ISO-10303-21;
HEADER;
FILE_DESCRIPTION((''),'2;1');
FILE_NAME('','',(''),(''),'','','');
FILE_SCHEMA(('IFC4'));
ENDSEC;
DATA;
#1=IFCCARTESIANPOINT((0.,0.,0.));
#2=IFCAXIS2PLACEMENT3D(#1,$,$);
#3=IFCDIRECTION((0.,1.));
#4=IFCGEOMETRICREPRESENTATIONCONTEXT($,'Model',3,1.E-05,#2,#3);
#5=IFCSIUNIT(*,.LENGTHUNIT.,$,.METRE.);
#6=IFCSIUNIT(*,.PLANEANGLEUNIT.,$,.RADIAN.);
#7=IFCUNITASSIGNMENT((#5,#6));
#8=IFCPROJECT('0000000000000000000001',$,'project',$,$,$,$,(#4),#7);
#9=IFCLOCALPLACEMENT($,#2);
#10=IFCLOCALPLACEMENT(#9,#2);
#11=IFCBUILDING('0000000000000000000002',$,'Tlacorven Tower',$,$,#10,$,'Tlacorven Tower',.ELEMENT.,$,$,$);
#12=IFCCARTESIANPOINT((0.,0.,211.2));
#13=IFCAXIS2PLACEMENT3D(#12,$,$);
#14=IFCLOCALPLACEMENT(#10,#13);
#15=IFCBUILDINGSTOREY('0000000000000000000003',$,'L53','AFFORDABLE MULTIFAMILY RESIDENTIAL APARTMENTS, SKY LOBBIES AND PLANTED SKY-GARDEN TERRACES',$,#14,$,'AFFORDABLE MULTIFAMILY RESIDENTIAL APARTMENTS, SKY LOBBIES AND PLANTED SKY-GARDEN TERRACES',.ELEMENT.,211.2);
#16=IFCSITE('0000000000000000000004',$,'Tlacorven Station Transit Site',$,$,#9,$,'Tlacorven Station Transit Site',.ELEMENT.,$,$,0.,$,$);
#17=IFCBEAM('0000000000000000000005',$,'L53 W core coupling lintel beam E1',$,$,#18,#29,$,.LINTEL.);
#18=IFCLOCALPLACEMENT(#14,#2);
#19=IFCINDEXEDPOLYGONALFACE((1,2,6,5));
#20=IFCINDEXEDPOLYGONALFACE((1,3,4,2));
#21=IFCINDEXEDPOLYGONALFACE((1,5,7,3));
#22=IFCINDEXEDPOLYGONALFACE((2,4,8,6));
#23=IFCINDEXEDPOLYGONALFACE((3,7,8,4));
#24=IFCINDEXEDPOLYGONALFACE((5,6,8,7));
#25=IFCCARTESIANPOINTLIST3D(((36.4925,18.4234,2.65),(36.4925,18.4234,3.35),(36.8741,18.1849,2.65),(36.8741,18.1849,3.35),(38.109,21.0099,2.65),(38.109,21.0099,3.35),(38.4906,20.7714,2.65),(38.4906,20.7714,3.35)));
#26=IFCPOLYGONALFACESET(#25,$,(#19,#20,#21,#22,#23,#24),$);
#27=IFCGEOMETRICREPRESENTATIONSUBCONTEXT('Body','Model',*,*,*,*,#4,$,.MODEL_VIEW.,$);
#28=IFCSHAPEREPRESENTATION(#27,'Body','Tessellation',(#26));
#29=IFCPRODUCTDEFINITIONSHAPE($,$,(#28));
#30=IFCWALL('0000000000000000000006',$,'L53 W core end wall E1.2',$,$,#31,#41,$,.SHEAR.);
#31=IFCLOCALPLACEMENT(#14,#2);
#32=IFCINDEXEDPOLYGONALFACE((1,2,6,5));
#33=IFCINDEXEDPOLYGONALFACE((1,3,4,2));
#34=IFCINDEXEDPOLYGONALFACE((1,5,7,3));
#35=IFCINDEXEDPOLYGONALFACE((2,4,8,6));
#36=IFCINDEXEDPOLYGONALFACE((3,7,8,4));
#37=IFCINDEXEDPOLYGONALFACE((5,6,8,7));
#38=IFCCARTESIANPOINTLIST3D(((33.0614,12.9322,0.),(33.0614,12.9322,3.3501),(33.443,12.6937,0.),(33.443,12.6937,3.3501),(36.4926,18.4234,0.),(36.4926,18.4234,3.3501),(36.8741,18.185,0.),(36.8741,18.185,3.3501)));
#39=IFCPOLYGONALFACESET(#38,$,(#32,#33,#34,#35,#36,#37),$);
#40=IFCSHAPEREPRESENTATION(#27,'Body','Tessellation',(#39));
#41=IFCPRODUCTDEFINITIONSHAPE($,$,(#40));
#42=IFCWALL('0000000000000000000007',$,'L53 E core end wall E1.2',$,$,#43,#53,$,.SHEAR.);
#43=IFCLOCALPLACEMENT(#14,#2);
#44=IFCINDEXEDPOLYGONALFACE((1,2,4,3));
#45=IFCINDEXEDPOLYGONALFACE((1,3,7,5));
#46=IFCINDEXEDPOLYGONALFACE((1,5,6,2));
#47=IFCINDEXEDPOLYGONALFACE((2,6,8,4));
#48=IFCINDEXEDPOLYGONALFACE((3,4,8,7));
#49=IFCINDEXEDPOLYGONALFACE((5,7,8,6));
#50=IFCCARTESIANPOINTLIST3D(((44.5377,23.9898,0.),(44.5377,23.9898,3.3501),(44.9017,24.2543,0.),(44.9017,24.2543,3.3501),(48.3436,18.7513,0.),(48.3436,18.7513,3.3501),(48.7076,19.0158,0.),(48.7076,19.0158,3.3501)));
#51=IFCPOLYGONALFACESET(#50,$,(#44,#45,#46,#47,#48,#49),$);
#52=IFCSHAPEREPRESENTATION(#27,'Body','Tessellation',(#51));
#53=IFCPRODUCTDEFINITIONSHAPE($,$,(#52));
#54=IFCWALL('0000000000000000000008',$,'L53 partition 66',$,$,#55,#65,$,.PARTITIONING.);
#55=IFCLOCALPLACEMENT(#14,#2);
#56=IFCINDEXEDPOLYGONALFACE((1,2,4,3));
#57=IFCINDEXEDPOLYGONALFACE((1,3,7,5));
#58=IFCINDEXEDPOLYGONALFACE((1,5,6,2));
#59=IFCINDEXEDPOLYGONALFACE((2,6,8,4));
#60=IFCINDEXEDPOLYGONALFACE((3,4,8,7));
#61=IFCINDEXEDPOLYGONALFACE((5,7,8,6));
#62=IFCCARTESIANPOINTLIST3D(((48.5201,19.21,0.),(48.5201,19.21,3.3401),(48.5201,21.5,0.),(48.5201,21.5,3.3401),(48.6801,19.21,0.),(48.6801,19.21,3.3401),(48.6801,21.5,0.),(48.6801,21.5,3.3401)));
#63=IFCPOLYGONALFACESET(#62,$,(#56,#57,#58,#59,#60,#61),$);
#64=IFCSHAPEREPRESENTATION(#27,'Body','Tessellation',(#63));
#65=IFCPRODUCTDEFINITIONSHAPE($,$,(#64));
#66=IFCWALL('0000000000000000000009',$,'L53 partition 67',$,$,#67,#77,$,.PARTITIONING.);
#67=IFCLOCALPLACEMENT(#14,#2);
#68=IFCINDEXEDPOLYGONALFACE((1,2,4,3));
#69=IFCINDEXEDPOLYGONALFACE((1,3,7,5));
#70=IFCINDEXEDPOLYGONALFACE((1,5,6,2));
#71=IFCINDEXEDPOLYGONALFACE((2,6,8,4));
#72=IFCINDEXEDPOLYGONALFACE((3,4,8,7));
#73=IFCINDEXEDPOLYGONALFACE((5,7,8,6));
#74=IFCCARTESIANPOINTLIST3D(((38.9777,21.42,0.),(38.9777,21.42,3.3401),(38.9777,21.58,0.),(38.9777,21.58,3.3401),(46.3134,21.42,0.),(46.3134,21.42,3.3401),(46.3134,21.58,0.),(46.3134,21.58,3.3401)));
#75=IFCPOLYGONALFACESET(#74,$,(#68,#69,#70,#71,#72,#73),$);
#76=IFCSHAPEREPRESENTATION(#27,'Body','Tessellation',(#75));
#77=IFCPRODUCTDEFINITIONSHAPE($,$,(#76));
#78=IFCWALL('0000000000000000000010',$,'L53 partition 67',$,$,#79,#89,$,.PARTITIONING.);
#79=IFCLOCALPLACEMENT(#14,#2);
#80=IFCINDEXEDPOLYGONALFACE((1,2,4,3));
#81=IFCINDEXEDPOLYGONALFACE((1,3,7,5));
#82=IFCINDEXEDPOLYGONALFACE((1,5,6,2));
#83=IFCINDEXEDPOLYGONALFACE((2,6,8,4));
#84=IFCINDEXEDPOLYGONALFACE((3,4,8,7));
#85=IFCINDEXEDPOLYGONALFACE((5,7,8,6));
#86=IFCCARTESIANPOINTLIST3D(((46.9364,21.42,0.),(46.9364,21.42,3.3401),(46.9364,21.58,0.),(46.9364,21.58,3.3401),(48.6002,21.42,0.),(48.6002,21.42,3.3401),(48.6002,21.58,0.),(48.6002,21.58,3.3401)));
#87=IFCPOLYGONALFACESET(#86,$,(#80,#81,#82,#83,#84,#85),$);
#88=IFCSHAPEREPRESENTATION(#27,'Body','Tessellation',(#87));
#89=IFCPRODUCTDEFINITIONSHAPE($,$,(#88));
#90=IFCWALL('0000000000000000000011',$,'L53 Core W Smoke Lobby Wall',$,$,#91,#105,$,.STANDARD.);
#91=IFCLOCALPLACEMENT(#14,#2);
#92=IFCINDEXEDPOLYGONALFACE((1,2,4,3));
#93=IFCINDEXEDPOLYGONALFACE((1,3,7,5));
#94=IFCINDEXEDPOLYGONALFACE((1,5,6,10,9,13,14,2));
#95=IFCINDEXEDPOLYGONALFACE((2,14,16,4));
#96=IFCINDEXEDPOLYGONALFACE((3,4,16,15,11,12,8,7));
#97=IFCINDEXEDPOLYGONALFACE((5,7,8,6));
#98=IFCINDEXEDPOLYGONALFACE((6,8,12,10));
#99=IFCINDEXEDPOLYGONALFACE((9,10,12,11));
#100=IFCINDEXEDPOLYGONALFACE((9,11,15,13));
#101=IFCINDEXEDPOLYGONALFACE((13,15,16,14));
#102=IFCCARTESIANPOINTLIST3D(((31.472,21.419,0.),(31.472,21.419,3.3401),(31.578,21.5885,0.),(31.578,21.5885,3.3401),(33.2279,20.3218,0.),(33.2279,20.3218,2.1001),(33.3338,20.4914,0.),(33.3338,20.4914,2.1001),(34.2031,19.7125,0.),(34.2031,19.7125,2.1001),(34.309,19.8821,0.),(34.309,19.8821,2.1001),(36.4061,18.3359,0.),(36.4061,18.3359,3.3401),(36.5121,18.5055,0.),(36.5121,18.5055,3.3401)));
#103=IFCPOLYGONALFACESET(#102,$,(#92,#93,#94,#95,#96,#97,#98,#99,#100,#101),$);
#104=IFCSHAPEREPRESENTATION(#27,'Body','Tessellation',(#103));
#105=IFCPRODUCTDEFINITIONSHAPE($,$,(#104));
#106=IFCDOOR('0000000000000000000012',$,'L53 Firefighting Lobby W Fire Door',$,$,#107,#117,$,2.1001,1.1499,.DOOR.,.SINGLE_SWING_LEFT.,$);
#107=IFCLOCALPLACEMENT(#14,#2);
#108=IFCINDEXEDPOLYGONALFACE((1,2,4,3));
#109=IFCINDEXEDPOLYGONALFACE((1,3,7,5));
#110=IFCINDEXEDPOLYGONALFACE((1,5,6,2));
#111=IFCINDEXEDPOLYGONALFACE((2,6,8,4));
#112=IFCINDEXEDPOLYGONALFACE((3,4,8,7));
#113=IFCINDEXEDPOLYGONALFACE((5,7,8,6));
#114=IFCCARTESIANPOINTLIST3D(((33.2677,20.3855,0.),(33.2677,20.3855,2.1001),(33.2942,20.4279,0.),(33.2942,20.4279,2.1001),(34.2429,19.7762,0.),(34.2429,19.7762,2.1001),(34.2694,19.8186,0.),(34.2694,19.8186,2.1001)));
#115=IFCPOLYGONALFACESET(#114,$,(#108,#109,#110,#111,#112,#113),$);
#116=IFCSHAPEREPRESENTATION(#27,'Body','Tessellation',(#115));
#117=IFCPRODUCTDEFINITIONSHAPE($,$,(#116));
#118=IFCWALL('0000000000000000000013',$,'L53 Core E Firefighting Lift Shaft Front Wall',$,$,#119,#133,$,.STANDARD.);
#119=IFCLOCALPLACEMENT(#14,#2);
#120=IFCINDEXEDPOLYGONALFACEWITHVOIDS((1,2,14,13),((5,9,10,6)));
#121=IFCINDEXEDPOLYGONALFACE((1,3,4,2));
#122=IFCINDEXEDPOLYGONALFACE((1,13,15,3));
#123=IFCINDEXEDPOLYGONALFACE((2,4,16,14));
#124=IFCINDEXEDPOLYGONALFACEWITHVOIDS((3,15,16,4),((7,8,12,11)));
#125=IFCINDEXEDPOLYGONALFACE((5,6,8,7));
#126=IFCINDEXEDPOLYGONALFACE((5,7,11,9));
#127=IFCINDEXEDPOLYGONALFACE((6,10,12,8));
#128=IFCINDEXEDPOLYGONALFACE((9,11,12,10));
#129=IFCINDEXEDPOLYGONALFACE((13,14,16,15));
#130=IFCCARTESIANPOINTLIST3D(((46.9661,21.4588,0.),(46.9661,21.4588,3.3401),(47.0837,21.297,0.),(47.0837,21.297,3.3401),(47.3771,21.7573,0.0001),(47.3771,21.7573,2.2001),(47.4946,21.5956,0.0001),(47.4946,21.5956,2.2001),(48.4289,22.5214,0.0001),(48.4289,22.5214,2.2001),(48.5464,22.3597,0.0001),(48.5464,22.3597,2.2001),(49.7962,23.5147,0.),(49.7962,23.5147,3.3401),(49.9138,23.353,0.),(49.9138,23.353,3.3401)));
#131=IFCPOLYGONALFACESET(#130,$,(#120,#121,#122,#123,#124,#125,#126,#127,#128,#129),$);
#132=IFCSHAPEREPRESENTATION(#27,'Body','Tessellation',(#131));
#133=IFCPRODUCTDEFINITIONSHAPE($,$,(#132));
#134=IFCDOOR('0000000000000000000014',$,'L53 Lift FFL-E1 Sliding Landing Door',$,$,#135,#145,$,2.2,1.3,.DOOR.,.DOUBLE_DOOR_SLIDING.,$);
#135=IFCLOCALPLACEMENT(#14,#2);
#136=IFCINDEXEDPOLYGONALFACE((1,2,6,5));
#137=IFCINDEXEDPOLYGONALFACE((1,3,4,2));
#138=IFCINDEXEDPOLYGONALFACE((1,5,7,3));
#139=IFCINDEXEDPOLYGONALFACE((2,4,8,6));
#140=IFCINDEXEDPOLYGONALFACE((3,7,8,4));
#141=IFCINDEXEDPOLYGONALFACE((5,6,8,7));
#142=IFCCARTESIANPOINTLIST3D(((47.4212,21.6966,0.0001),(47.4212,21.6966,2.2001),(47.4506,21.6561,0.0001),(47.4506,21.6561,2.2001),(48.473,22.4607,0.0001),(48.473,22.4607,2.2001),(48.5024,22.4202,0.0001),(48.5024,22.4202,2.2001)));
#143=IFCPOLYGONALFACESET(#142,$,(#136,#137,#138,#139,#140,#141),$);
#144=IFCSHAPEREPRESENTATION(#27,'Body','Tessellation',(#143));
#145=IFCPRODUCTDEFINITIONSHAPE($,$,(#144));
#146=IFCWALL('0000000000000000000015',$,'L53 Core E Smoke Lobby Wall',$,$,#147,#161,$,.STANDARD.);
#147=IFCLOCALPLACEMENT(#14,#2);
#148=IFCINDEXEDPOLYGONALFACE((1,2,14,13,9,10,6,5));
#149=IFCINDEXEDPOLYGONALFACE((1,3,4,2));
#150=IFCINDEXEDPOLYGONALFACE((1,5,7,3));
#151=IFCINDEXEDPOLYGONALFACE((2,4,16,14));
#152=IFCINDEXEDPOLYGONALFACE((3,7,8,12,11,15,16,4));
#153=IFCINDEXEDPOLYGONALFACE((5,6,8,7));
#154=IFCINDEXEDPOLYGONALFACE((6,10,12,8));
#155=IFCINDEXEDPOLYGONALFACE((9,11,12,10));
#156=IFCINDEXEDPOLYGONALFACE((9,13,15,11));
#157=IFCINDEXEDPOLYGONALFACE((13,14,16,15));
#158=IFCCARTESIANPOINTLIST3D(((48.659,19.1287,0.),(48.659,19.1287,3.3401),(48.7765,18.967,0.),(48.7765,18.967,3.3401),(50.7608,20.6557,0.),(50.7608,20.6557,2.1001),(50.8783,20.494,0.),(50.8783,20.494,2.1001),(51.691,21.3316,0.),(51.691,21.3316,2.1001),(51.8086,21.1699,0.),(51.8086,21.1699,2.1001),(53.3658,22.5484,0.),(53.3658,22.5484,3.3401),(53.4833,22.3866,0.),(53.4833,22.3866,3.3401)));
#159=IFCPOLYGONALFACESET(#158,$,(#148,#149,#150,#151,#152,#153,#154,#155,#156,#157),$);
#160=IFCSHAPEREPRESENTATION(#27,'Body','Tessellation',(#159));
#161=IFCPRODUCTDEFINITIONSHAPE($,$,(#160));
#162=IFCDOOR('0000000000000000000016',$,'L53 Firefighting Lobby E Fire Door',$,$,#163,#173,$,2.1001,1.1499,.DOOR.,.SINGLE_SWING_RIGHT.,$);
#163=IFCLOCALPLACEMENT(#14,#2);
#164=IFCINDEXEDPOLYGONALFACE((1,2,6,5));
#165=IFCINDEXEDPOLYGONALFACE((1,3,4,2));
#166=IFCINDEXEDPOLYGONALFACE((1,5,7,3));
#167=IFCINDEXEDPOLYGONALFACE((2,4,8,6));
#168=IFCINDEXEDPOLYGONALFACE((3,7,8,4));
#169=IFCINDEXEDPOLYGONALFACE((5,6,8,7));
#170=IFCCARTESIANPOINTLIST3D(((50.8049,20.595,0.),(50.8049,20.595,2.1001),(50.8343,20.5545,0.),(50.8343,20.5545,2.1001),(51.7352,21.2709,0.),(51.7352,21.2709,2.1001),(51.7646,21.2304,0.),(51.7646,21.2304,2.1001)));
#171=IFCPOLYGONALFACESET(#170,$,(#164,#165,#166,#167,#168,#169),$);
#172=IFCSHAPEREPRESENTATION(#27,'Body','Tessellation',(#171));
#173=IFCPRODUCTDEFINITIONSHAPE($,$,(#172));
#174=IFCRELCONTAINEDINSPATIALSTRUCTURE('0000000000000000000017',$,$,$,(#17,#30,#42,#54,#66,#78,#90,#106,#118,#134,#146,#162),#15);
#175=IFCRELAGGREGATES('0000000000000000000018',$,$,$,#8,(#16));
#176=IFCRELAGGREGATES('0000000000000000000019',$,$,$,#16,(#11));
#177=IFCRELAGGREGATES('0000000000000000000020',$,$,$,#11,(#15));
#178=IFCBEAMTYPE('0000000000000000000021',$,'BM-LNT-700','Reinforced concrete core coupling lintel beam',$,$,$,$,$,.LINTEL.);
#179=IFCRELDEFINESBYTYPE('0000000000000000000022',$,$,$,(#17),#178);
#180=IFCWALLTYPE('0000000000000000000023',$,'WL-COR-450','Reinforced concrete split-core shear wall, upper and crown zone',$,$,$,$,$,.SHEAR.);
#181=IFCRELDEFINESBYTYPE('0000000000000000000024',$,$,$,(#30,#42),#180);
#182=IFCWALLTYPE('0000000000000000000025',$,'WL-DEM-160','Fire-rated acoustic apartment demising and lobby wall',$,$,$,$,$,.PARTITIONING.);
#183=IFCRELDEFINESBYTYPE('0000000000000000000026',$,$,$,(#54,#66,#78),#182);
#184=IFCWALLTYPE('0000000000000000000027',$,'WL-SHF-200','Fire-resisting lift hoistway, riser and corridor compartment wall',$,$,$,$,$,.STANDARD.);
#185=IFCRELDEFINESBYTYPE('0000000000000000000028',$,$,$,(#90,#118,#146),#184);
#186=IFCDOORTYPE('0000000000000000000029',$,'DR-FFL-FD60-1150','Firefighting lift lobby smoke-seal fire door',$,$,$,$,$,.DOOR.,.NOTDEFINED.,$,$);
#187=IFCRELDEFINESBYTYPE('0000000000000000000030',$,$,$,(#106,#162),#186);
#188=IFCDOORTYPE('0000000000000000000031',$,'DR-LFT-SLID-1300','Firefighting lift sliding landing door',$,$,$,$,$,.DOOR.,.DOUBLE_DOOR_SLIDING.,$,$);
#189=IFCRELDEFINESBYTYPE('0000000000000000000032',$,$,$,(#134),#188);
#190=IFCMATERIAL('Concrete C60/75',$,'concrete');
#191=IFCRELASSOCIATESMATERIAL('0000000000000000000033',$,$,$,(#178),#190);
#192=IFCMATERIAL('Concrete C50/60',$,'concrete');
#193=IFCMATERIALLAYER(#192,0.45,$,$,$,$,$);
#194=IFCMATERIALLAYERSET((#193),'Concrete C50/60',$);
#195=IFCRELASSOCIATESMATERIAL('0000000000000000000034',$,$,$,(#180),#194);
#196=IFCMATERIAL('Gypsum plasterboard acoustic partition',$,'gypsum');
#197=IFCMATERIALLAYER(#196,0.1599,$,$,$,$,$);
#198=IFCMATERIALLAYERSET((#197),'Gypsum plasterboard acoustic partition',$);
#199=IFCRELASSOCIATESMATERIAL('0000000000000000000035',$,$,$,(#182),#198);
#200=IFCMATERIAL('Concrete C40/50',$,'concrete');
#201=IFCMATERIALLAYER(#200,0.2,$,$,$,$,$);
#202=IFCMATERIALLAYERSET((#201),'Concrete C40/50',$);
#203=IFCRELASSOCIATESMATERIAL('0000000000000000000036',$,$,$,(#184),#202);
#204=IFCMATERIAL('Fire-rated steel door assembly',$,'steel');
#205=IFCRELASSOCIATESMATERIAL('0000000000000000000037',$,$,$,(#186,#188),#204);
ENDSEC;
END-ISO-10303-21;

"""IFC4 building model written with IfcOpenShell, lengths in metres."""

from ifc_helpers import new_model, si_unit, direction, frame, frame_2d, origin, origin_2d, place, context, subcontext, project, spatial, rectangle, extrude, source, transform, mapped, material, layer, layer_set, material_profile, profile_set, type_object, element, fill, save


model = new_model("IFC4")

# Units and contexts
model_context = context("Model", 3, precision=1e-05, world=origin(), true_north=direction((0.0, 1.0)))
body_context = subcontext(model_context, "Body", "Model", "MODEL_VIEW")
ifc_project = project(units=[si_unit("LENGTHUNIT", "METRE"), si_unit("PLANEANGLEUNIT", "RADIAN")], contexts=[model_context])

# Site, building, storey
site_placement = place(None, origin())
site = spatial("IfcSite", under=ifc_project, at=site_placement, Name="Tlacorven Station Transit Site", LongName="Tlacorven Station Transit Site", CompositionType="ELEMENT", RefElevation=0.0)
building_placement = place(site_placement, origin())
building = spatial("IfcBuilding", under=site, at=building_placement, Name="Tlacorven Tower", LongName="Tlacorven Tower", CompositionType="ELEMENT")
storey_placement = place(building_placement, frame((0.0, 0.0, 211.2)))
storey = spatial("IfcBuildingStorey", under=building, at=storey_placement, Name="L53", Description="AFFORDABLE MULTIFAMILY RESIDENTIAL APARTMENTS, SKY LOBBIES AND PLANTED SKY-GARDEN TERRACES", LongName="AFFORDABLE MULTIFAMILY RESIDENTIAL APARTMENTS, SKY LOBBIES AND PLANTED SKY-GARDEN TERRACES", CompositionType="ELEMENT", Elevation=211.2)

# Beam
ifc_material_1 = material(Name="Concrete C60/75", Category="concrete")
ifc_material_profile = material_profile(ifc_material_1, rectangle(XDim=0.45, YDim=0.7, at=origin_2d()), Name="RC 450X700")
ifc_profile_set = profile_set([ifc_material_profile], Name="Concrete C60/75")
beam_type = type_object("IfcBeamType", Name="BM-LNT-700", Description="Reinforced concrete core coupling lintel beam", PredefinedType="LINTEL", material=ifc_profile_set)
shared_shape_1 = source(origin(), body_context, "Body", "SweptSolid", [
    extrude(rectangle(XDim=0.45, YDim=0.7, at=origin_2d()), origin(), (0.0, 0.0, 1.0), 3.05),
])
beam_placement = place(storey_placement, frame((38.2998, 20.8906, 3.0), z_axis=(-0.529985, -0.848007, 0.0), x_axis=(0.848007, -0.529985, 0.0)))
element("IfcBeam", 1, at=beam_placement, inside=storey, type_object=beam_type, Name="L53 W core coupling lintel beam E1", PredefinedType="LINTEL", context=body_context, shape_type="MappedRepresentation", body=[
    mapped(shared_shape_1, transform((0.0, 0.0, 0.0), scale=1.0)),
])

# Walls
ifc_material_2 = material(Name="Concrete C50/60", Category="concrete")
ifc_layer_1 = layer(ifc_material_2, 0.45)
ifc_layer_set_1 = layer_set([ifc_layer_1], Name="Concrete C50/60")
wall_type_1 = type_object("IfcWallType", Name="WL-COR-450", Description="Reinforced concrete split-core shear wall, upper and crown zone", PredefinedType="SHEAR", material=ifc_layer_set_1)
for number, where, z_axis, x_axis, name in (
    (2, (36.6833, 18.3042, 0.0), (0.0, 0.0, 1.0), (-0.529904, -0.848058, 0.0), "L53 W core end wall E1.2"),
    (3, (48.5256, 18.8835, 0.0), (0.0, 0.0, 1.0), (-0.587775, 0.809025, 0.0), "L53 E core end wall E1.2"),
):
    element("IfcWall", number, at=place(storey_placement, frame(where, z_axis=z_axis, x_axis=x_axis)), inside=storey, type_object=wall_type_1, Name=name, PredefinedType="SHEAR", context=body_context, shape_type="SweptSolid", body=[
        extrude(rectangle(XDim=6.4751, YDim=0.45, at=frame_2d((3.2375, 0.0))), origin(), (0.0, 0.0, 1.0), 3.3501),
    ])
ifc_material_3 = material(Name="Gypsum plasterboard acoustic partition", Category="gypsum")
ifc_layer_2 = layer(ifc_material_3, 0.1599)
ifc_layer_set_2 = layer_set([ifc_layer_2], Name="Gypsum plasterboard acoustic partition")
wall_type_2 = type_object("IfcWallType", Name="WL-DEM-160", Description="Fire-rated acoustic apartment demising and lobby wall", PredefinedType="PARTITIONING", material=ifc_layer_set_2)
wall_1_placement = place(storey_placement, frame((48.6001, 19.21, 0.0), z_axis=(0.0, 0.0, 1.0), x_axis=(0.0, 1.0, 0.0)))
element("IfcWall", 4, at=wall_1_placement, inside=storey, type_object=wall_type_2, Name="L53 partition 66", PredefinedType="PARTITIONING", context=body_context, shape_type="SweptSolid", body=[
    extrude(rectangle(XDim=2.29, YDim=0.1599, at=frame_2d((1.145, 0.0))), origin(), (0.0, 0.0, 1.0), 3.3401),
])
wall_2_placement = place(storey_placement, frame((38.9775, 21.5, 0.0), z_axis=(0.0, 0.0, 1.0), x_axis=(1.0, 0.0, 0.0)))
element("IfcWall", 5, at=wall_2_placement, inside=storey, type_object=wall_type_2, Name="L53 partition 67", PredefinedType="PARTITIONING", context=body_context, shape_type="SweptSolid", body=[
    extrude(rectangle(XDim=7.3357, YDim=0.1599, at=frame_2d((3.668, 0.0))), origin(), (0.0, 0.0, 1.0), 3.3401),
])
wall_3_placement = place(storey_placement, frame((46.9363, 21.5, 0.0), z_axis=(0.0, 0.0, 1.0), x_axis=(1.0, 0.0, 0.0)))
element("IfcWall", 6, at=wall_3_placement, inside=storey, type_object=wall_type_2, Name="L53 partition 67", PredefinedType="PARTITIONING", context=body_context, shape_type="SweptSolid", body=[
    extrude(rectangle(XDim=1.6638, YDim=0.1599, at=frame_2d((0.832, 0.0))), origin(), (0.0, 0.0, 1.0), 3.3401),
])

# Walls, openings, doors
ifc_material_4 = material(Name="Concrete C40/50", Category="concrete")
ifc_layer_3 = layer(ifc_material_4, 0.2)
ifc_layer_set_3 = layer_set([ifc_layer_3], Name="Concrete C40/50")
wall_type_3 = type_object("IfcWallType", Name="WL-SHF-200", Description="Fire-resisting lift hoistway, riser and corridor compartment wall", PredefinedType="STANDARD", material=ifc_layer_set_3)
wall_4_placement = place(storey_placement, frame((36.4592, 18.4207, 0.0), z_axis=(0.0, 0.0, 1.0), x_axis=(-0.84806, 0.529901, 0.0)))
wall_4 = element("IfcWall", 7, at=wall_4_placement, inside=storey, type_object=wall_type_3, Name="L53 Core W Smoke Lobby Wall", PredefinedType="STANDARD", context=body_context, shape_type="SweptSolid", body=[
    extrude(rectangle(XDim=5.8181, YDim=0.2, at=frame_2d((2.9092, 0.0))), origin(), (0.0, 0.0, 1.0), 3.3401),
])
opening_1_placement = place(wall_4_placement, frame((2.5979, 0.0, 0.0)))
opening_1 = element("IfcOpeningElement", 8, at=opening_1_placement, cuts=wall_4, PredefinedType="OPENING", context=body_context, shape_type="SweptSolid", body=[
    extrude(rectangle(XDim=1.1499, YDim=2.1001, at=frame_2d((0.575, 1.05))), frame((0.0, 0.1099, 0.0), z_axis=(0.0, -1.0, 0.0), x_axis=(1.0, 0.0, 0.0)), (0.0, 0.0, 1.0), 0.22),
])
ifc_material_5 = material(Name="Fire-rated steel door assembly", Category="steel")
door_type_1 = type_object("IfcDoorType", Name="DR-FFL-FD60-1150", Description="Firefighting lift lobby smoke-seal fire door", OperationType="NOTDEFINED", PredefinedType="DOOR", material=ifc_material_5)
shared_shape_2 = source(origin(), body_context, "Body", "SweptSolid", [
    extrude(rectangle(XDim=1.1499, YDim=2.1001, at=frame_2d((0.575, 1.05))), frame((0.0, 0.0249, 0.0), z_axis=(0.0, -1.0, 0.0), x_axis=(1.0, 0.0, 0.0)), (0.0, 0.0, 1.0), 0.05),
])
door_1_placement = place(opening_1_placement, origin())
door_1 = element("IfcDoor", 9, at=door_1_placement, inside=storey, type_object=door_type_1, Name="L53 Firefighting Lobby W Fire Door", OperationType="SINGLE_SWING_LEFT", OverallHeight=2.1001, OverallWidth=1.1499, PredefinedType="DOOR", context=body_context, shape_type="MappedRepresentation", body=[
    mapped(shared_shape_2, transform((0.0, 0.0, 0.0), scale=1.0)),
])
fill(opening_1, door_1)
wall_5_placement = place(storey_placement, frame((47.0249, 21.3779, 0.0), z_axis=(0.0, 0.0, 1.0), x_axis=(0.809053, 0.587736, 0.0)))
wall_5 = element("IfcWall", 10, at=wall_5_placement, inside=storey, type_object=wall_type_3, Name="L53 Core E Firefighting Lift Shaft Front Wall", PredefinedType="STANDARD", context=body_context, shape_type="SweptSolid", body=[
    extrude(rectangle(XDim=3.498, YDim=0.2, at=frame_2d((1.749, 0.0))), origin(), (0.0, 0.0, 1.0), 3.3401),
])
opening_2_placement = place(wall_5_placement, frame((0.5081, 0.0, 0.0)))
opening_2 = element("IfcOpeningElement", 11, at=opening_2_placement, cuts=wall_5, PredefinedType="OPENING", context=body_context, shape_type="SweptSolid", body=[
    extrude(rectangle(XDim=1.3, YDim=2.2, at=frame_2d((0.6499, 1.1001))), frame((0.0, 0.1099, 0.0), z_axis=(0.0, -1.0, 0.0), x_axis=(1.0, 0.0, 0.0)), (0.0, 0.0, 1.0), 0.22),
])
door_type_2 = type_object("IfcDoorType", Name="DR-LFT-SLID-1300", Description="Firefighting lift sliding landing door", OperationType="DOUBLE_DOOR_SLIDING", PredefinedType="DOOR", material=ifc_material_5)
shared_shape_3 = source(origin(), body_context, "Body", "SweptSolid", [
    extrude(rectangle(XDim=1.3, YDim=2.2, at=frame_2d((0.6499, 1.1001))), frame((0.0, 0.0249, 0.0), z_axis=(0.0, -1.0, 0.0), x_axis=(1.0, 0.0, 0.0)), (0.0, 0.0, 1.0), 0.05),
])
door_2_placement = place(opening_2_placement, origin())
door_2 = element("IfcDoor", 12, at=door_2_placement, inside=storey, type_object=door_type_2, Name="L53 Lift FFL-E1 Sliding Landing Door", OperationType="DOUBLE_DOOR_SLIDING", OverallHeight=2.2, OverallWidth=1.3, PredefinedType="DOOR", context=body_context, shape_type="MappedRepresentation", body=[
    mapped(shared_shape_3, transform((0.0, 0.0, 0.0), scale=1.0)),
])
fill(opening_2, door_2)
wall_6_placement = place(storey_placement, frame((48.7178, 19.0479, 0.0), z_axis=(0.0, 0.0, 1.0), x_axis=(0.809017, 0.587785, 0.0)))
wall_6 = element("IfcWall", 13, at=wall_6_placement, inside=storey, type_object=wall_type_3, Name="L53 Core E Smoke Lobby Wall", PredefinedType="STANDARD", context=body_context, shape_type="SweptSolid", body=[
    extrude(rectangle(XDim=5.8179, YDim=0.2, at=frame_2d((2.9089, 0.0))), origin(), (0.0, 0.0, 1.0), 3.3401),
])
opening_3_placement = place(wall_6_placement, frame((2.5979, 0.0, 0.0)))
opening_3 = element("IfcOpeningElement", 14, at=opening_3_placement, cuts=wall_6, PredefinedType="OPENING", context=body_context, shape_type="SweptSolid", body=[
    extrude(rectangle(XDim=1.1499, YDim=2.1001, at=frame_2d((0.575, 1.05))), frame((0.0, 0.1099, 0.0), z_axis=(0.0, -1.0, 0.0), x_axis=(1.0, 0.0, 0.0)), (0.0, 0.0, 1.0), 0.22),
])
door_3_placement = place(opening_3_placement, origin())
door_3 = element("IfcDoor", 15, at=door_3_placement, inside=storey, type_object=door_type_1, Name="L53 Firefighting Lobby E Fire Door", OperationType="SINGLE_SWING_RIGHT", OverallHeight=2.1001, OverallWidth=1.1499, PredefinedType="DOOR", context=body_context, shape_type="MappedRepresentation", body=[
    mapped(shared_shape_2, transform((0.0, 0.0, 0.0), scale=1.0)),
])
fill(opening_3, door_3)

save(model, "model.ifc")
